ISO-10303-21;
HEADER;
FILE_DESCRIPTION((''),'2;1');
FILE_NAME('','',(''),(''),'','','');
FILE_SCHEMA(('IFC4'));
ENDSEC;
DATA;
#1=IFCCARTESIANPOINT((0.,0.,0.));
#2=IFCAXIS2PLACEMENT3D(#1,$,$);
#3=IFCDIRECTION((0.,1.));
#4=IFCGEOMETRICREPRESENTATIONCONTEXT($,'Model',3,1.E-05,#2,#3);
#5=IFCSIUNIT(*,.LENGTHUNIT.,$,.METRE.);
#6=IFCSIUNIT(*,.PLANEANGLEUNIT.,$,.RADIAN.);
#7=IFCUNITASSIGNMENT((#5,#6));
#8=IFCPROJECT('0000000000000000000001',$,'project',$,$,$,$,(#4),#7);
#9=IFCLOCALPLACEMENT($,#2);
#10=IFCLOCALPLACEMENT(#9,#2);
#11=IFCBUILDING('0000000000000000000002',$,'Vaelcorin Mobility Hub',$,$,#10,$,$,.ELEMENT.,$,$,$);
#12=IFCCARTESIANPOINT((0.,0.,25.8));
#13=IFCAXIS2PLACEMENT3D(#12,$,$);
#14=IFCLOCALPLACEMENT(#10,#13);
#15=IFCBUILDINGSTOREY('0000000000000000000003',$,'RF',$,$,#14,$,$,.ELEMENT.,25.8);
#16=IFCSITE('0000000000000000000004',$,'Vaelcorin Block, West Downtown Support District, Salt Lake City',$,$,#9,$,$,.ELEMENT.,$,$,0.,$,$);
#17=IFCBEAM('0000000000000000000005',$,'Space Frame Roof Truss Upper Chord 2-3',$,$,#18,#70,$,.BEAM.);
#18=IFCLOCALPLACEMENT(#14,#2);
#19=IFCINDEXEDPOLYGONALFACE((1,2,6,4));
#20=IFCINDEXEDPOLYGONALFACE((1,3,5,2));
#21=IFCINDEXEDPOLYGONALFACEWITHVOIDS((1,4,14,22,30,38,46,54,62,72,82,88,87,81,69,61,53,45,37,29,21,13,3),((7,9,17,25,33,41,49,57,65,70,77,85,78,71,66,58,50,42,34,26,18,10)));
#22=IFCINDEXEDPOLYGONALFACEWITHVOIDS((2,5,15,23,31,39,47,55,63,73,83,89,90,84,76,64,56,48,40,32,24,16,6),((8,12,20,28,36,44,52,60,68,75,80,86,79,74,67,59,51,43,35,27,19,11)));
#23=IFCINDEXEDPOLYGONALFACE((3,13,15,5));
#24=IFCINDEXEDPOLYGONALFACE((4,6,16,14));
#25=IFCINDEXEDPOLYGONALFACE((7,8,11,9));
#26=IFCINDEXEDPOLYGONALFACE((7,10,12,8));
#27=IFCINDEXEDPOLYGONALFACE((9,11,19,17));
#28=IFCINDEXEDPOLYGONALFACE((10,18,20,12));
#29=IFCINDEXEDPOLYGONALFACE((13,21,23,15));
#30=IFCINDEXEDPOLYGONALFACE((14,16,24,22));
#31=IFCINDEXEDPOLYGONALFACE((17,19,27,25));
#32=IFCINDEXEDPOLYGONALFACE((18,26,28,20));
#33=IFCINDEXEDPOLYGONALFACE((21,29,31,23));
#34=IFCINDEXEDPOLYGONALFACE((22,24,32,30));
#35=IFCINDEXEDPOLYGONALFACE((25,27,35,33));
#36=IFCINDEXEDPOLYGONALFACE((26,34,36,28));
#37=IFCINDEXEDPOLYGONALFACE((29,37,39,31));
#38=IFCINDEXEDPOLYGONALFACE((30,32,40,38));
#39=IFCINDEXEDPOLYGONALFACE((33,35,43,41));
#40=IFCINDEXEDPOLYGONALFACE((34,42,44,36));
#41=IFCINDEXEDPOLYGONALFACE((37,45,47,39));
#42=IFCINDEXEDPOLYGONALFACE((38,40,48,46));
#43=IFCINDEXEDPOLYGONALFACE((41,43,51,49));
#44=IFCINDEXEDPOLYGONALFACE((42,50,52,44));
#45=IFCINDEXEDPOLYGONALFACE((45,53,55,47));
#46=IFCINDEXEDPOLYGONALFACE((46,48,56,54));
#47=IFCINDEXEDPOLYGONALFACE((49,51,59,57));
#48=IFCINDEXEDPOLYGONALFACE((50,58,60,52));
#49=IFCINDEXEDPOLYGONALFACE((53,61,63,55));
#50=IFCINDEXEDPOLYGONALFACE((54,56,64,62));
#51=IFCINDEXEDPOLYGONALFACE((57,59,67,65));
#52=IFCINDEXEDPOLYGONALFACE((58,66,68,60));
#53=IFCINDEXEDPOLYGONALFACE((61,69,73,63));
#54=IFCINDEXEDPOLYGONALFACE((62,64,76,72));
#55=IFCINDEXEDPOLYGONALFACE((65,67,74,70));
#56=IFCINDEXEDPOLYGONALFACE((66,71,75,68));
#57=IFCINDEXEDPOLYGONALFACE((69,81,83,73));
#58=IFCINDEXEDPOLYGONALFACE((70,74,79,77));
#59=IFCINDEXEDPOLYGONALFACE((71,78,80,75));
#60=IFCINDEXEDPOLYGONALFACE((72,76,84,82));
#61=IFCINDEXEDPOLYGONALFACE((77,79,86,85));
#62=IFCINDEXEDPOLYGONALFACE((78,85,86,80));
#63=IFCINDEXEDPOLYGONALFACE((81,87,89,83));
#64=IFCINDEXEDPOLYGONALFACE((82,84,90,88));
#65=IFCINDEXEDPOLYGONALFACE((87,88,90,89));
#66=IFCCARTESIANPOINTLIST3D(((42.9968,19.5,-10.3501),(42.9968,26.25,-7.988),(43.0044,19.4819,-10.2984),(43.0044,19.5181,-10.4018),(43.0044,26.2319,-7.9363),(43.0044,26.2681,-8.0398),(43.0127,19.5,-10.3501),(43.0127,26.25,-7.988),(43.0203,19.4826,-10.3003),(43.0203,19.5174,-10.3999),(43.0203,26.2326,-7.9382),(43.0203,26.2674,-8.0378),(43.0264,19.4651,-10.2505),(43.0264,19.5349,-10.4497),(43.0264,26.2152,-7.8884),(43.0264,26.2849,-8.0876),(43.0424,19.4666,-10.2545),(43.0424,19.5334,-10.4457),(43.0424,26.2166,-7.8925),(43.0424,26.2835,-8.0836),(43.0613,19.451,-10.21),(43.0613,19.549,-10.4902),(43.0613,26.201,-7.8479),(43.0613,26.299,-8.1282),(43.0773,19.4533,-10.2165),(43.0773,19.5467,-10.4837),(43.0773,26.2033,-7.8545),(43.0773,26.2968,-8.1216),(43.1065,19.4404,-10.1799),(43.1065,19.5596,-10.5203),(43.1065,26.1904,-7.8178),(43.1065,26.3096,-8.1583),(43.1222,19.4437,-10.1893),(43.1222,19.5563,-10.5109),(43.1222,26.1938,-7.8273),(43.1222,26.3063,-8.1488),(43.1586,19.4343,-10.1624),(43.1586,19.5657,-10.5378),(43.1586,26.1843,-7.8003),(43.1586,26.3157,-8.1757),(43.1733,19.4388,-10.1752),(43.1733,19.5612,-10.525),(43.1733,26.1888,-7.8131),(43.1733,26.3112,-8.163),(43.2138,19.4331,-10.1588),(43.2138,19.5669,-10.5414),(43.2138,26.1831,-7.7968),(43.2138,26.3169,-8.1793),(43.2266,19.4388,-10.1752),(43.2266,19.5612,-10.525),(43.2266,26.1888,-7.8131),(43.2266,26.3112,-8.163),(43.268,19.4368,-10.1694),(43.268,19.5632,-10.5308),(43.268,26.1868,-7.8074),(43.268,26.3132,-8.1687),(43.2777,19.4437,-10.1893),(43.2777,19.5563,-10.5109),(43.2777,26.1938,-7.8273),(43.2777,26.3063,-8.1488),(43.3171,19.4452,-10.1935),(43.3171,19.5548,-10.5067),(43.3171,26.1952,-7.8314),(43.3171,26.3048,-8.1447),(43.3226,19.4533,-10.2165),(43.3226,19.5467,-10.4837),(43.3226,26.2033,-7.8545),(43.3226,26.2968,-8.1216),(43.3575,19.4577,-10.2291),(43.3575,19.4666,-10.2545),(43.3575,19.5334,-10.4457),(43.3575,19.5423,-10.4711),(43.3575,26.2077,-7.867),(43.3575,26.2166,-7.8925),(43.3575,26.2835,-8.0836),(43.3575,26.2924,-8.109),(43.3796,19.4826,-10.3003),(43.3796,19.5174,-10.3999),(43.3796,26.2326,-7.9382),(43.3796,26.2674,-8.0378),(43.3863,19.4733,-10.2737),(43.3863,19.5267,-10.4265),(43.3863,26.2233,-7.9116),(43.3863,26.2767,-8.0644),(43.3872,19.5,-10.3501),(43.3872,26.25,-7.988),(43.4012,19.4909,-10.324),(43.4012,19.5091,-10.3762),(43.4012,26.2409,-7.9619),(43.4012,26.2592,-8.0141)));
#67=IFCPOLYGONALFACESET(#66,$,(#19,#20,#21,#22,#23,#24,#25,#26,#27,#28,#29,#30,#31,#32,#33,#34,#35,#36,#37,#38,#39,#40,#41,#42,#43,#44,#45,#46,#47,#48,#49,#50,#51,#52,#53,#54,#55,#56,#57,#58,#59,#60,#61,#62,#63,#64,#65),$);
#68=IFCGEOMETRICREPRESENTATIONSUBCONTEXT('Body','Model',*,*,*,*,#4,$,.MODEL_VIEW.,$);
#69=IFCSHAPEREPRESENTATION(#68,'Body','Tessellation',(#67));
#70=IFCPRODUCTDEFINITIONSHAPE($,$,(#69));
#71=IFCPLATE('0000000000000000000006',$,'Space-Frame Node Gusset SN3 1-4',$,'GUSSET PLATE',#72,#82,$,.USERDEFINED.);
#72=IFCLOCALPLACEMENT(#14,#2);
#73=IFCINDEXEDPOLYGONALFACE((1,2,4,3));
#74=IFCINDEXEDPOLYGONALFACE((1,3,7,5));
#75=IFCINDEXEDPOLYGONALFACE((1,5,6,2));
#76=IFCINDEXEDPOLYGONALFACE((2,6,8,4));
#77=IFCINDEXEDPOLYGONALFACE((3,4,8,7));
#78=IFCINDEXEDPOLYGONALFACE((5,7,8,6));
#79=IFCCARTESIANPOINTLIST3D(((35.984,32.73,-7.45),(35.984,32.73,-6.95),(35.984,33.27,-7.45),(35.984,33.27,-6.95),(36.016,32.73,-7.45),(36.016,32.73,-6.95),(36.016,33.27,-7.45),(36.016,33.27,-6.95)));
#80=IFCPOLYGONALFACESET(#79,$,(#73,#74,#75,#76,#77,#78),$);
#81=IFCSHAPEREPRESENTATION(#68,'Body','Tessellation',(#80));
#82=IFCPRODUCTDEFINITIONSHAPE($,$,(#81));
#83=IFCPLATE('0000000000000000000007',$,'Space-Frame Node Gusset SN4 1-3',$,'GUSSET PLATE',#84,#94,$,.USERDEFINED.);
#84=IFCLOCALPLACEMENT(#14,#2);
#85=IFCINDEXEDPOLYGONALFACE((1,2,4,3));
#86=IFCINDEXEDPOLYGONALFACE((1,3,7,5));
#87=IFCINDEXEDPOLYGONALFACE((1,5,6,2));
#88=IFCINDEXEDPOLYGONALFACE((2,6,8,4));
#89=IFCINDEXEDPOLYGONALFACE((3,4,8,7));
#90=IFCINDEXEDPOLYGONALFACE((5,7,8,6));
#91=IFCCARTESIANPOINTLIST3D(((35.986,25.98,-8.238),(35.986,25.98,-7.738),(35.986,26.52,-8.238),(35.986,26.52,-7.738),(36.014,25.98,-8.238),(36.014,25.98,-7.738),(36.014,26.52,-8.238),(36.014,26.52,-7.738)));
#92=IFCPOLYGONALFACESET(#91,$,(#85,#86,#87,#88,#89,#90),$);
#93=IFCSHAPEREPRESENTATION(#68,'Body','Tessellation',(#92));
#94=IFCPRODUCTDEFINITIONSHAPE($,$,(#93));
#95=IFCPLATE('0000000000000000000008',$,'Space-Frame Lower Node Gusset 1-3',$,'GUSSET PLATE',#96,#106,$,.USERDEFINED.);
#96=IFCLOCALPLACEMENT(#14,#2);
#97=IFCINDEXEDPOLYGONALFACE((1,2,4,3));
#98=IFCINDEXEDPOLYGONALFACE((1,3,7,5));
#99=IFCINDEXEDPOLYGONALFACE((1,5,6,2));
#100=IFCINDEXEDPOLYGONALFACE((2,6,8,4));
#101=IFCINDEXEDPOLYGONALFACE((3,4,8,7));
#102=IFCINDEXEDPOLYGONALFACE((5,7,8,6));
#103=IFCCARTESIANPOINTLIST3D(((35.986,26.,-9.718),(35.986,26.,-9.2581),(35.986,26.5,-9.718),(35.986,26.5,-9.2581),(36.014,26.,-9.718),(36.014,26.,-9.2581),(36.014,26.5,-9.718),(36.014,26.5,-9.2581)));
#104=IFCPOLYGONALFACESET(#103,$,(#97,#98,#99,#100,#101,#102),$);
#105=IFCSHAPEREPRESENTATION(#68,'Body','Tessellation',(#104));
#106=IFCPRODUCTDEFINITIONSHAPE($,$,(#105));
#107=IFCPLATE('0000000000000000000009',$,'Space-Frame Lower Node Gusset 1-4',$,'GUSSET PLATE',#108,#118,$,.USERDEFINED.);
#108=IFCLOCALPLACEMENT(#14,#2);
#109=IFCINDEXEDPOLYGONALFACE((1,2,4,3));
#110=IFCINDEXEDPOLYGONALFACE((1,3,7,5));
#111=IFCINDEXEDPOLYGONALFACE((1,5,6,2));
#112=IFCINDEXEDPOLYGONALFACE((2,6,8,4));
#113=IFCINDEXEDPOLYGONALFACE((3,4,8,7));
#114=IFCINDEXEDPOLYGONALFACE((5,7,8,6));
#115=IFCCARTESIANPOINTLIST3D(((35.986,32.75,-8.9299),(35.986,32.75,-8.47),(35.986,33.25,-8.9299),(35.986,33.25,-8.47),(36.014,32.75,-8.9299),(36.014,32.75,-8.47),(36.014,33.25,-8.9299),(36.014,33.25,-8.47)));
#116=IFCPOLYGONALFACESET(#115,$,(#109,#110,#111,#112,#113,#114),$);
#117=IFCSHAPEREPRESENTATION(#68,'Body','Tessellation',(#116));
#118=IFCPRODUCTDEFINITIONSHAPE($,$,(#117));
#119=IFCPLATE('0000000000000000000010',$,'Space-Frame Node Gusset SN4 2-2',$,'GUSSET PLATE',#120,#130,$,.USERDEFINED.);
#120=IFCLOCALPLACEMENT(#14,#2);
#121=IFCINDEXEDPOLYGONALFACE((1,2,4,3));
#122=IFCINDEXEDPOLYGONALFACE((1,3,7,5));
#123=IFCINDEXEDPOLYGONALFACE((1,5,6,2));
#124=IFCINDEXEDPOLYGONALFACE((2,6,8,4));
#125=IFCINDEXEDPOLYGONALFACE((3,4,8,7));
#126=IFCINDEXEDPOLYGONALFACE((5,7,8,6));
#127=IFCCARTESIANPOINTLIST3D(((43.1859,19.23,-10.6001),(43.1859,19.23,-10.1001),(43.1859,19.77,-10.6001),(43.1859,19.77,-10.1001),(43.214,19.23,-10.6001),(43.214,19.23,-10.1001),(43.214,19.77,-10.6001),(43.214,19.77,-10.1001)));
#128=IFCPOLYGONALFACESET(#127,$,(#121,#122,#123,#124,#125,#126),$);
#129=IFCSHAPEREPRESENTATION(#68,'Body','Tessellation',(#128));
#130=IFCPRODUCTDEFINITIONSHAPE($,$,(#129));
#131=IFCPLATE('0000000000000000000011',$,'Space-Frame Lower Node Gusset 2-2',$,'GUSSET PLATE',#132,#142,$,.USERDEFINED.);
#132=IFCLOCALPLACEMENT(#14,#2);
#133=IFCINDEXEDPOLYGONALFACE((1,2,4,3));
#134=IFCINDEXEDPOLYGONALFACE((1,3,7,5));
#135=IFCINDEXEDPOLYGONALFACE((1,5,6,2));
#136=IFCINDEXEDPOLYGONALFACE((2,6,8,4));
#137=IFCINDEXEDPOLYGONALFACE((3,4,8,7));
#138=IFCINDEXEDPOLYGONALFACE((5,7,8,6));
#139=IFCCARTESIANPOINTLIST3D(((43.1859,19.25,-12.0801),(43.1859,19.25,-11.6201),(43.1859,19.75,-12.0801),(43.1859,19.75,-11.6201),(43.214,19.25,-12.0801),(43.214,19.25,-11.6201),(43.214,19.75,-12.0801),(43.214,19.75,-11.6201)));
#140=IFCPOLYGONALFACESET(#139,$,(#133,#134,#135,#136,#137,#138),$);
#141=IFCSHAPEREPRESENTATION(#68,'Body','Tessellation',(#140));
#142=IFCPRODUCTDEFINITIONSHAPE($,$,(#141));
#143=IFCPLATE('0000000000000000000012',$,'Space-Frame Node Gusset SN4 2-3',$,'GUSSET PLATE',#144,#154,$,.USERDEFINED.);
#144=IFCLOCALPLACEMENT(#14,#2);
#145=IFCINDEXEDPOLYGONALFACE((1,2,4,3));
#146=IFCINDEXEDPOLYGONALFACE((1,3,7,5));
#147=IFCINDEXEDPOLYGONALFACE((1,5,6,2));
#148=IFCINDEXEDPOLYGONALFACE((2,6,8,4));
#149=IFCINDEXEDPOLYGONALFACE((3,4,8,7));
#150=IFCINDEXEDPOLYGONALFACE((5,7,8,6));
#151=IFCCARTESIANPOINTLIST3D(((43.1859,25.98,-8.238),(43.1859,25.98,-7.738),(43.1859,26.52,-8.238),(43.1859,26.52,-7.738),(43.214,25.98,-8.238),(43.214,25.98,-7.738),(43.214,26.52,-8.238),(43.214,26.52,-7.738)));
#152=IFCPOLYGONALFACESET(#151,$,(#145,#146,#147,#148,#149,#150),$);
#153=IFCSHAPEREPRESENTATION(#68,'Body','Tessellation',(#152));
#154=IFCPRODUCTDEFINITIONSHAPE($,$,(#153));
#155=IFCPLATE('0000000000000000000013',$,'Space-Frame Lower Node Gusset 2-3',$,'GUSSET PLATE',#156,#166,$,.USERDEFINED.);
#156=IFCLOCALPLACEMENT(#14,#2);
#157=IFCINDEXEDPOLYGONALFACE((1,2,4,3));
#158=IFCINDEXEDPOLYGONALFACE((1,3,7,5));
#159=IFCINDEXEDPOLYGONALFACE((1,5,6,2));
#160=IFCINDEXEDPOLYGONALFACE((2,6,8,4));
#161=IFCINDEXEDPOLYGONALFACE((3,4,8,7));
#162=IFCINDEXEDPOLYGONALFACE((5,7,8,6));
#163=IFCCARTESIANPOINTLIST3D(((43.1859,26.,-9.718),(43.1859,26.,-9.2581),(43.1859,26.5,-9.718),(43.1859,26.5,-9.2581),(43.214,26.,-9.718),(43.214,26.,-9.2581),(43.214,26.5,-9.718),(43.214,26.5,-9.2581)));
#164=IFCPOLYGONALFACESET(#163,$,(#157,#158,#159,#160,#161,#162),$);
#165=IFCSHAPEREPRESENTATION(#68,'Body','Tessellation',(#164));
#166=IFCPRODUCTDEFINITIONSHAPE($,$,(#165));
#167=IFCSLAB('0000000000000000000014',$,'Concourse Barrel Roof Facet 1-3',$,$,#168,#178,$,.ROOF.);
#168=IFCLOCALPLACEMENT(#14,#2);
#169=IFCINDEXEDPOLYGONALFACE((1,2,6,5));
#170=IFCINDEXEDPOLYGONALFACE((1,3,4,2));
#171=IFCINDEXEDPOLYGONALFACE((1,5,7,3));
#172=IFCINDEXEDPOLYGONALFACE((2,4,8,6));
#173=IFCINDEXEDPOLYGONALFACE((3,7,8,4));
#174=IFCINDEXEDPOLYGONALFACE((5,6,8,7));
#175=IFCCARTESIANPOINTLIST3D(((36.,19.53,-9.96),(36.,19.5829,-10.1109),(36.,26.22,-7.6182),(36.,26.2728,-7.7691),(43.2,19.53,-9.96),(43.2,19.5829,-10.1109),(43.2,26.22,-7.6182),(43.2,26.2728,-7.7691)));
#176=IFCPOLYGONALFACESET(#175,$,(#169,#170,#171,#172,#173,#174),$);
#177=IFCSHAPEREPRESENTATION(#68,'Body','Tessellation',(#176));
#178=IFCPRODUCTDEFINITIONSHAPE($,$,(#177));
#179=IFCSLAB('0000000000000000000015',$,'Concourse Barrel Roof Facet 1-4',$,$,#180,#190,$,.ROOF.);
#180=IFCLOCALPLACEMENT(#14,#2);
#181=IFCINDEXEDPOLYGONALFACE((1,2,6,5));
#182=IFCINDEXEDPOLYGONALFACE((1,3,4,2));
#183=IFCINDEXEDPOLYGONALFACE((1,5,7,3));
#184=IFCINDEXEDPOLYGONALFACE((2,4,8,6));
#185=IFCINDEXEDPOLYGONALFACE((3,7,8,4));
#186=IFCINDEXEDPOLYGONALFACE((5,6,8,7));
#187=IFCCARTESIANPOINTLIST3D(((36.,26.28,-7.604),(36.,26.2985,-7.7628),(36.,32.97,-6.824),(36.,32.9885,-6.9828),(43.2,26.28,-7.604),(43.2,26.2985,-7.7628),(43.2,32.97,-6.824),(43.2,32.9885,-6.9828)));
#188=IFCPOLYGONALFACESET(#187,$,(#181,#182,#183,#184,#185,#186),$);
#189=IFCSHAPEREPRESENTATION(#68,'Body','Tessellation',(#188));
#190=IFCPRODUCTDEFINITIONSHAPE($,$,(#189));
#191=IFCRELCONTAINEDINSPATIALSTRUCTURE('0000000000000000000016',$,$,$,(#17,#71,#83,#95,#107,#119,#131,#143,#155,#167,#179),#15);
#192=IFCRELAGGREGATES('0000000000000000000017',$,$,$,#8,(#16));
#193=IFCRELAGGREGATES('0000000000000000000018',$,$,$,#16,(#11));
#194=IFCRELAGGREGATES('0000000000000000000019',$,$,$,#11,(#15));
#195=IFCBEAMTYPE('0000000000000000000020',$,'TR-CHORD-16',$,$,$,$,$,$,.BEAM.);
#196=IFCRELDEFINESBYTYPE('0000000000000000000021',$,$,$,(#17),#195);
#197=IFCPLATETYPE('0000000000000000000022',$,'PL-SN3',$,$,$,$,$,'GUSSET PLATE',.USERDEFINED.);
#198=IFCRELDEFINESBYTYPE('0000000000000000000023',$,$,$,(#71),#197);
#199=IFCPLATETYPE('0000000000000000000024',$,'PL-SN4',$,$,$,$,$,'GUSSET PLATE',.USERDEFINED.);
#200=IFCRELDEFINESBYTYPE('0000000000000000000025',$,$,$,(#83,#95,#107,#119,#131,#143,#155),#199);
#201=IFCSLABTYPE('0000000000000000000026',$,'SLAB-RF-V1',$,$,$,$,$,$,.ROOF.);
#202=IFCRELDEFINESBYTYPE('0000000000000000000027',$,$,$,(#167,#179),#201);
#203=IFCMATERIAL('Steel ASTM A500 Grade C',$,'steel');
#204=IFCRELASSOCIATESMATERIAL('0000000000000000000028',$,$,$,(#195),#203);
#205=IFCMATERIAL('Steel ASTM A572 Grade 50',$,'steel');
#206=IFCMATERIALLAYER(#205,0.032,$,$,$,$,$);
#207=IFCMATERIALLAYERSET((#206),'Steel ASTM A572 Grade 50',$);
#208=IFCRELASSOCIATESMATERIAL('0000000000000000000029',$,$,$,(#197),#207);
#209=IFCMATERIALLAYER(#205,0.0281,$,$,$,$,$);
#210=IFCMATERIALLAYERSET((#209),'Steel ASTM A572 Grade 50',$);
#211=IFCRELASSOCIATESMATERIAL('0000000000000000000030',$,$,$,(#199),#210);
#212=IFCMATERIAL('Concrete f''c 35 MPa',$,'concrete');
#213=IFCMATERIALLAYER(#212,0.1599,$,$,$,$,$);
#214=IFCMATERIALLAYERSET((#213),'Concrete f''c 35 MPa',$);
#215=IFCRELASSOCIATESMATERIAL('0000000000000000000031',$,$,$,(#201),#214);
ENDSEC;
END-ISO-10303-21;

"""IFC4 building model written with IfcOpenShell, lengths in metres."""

from ifc_helpers import new_model, si_unit, direction, frame, origin, origin_2d, place, context, subcontext, project, spatial, polyline, rectangle, hollow_circle, outline, extrude, material, layer, layer_set, material_profile, profile_set, type_object, element, save


model = new_model("IFC4")

# Units and contexts
model_context = context("Model", 3, precision=1e-05, world=origin(), true_north=direction((0.0, 1.0)))
body_context = subcontext(model_context, "Body", "Model", "MODEL_VIEW")
ifc_project = project(units=[si_unit("LENGTHUNIT", "METRE"), si_unit("PLANEANGLEUNIT", "RADIAN")], contexts=[model_context])

# Site, building, storey
site_placement = place(None, origin())
site = spatial("IfcSite", under=ifc_project, at=site_placement, Name="Vaelcorin Block, West Downtown Support District, Salt Lake City", CompositionType="ELEMENT", RefElevation=0.0)
building_placement = place(site_placement, origin())
building = spatial("IfcBuilding", under=site, at=building_placement, Name="Vaelcorin Mobility Hub", CompositionType="ELEMENT")
storey_placement = place(building_placement, frame((0.0, 0.0, 25.8)))
storey = spatial("IfcBuildingStorey", under=building, at=storey_placement, Name="RF", CompositionType="ELEMENT", Elevation=25.8)

# Shared definitions
ifc_material_1 = material(Name="Steel ASTM A500 Grade C", Category="steel")

# Beam
ifc_material_profile_1 = material_profile(ifc_material_1, hollow_circle(Radius=0.2031, WallThickness=0.0159, at=origin_2d()), Name="HSS16.000X0.625")
ifc_profile_set_1 = profile_set([ifc_material_profile_1], Name="Steel ASTM A500 Grade C")
beam_type = type_object("IfcBeamType", Name="TR-CHORD-16", PredefinedType="BEAM", material=ifc_profile_set_1)
beam_1_placement = place(storey_placement, frame((43.2, 19.5, -10.3501), z_axis=(0.0, 0.943878, 0.330296), x_axis=(-1.0, 0.0, 0.0)))
element("IfcBeam", 1, at=beam_1_placement, inside=storey, type_object=beam_type, Name="Space Frame Roof Truss Upper Chord 2-3", PredefinedType="BEAM", context=body_context, shape_type="SweptSolid", body=[
    extrude(hollow_circle(Radius=0.2031, WallThickness=0.0159, at=origin_2d()), origin(), (0.0, 0.0, 1.0), 7.1514),
])

# Plates
ifc_material_2 = material(Name="Steel ASTM A572 Grade 50", Category="steel")
ifc_layer_1 = layer(ifc_material_2, 0.032)
ifc_layer_set_1 = layer_set([ifc_layer_1], Name="Steel ASTM A572 Grade 50")
plate_type_1 = type_object("IfcPlateType", Name="PL-SN3", ElementType="GUSSET PLATE", PredefinedType="USERDEFINED", material=ifc_layer_set_1)
plate_1_placement = place(storey_placement, frame((36.0, 33.0, -7.45), z_axis=(0.0, 0.0, 1.0), x_axis=(1.0, 0.0, 0.0)))
element("IfcPlate", 2, at=plate_1_placement, inside=storey, type_object=plate_type_1, Name="Space-Frame Node Gusset SN3 1-4", ObjectType="GUSSET PLATE", PredefinedType="USERDEFINED", context=body_context, shape_type="SweptSolid", body=[
    extrude(rectangle(XDim=0.032, YDim=0.54, at=origin_2d()), origin(), (0.0, 0.0, 1.0), 0.5),
])
ifc_layer_2 = layer(ifc_material_2, 0.0281)
ifc_layer_set_2 = layer_set([ifc_layer_2], Name="Steel ASTM A572 Grade 50")
plate_type_2 = type_object("IfcPlateType", Name="PL-SN4", ElementType="GUSSET PLATE", PredefinedType="USERDEFINED", material=ifc_layer_set_2)
plate_2_placement = place(storey_placement, frame((36.0, 26.25, -8.238), z_axis=(0.0, 0.0, 1.0), x_axis=(1.0, 0.0, 0.0)))
element("IfcPlate", 3, at=plate_2_placement, inside=storey, type_object=plate_type_2, Name="Space-Frame Node Gusset SN4 1-3", ObjectType="GUSSET PLATE", PredefinedType="USERDEFINED", context=body_context, shape_type="SweptSolid", body=[
    extrude(rectangle(XDim=0.0281, YDim=0.54, at=origin_2d()), origin(), (0.0, 0.0, 1.0), 0.5),
])
for number, where, z_axis, x_axis, name in (
    (4, (36.0, 26.25, -9.718), (0.0, 0.0, 1.0), (1.0, 0.0, 0.0), "Space-Frame Lower Node Gusset 1-3"),
    (5, (36.0, 33.0, -8.9299), (0.0, 0.0, 1.0), (1.0, 0.0, 0.0), "Space-Frame Lower Node Gusset 1-4"),
):
    element("IfcPlate", number, at=place(storey_placement, frame(where, z_axis=z_axis, x_axis=x_axis)), inside=storey, type_object=plate_type_2, Name=name, ObjectType="GUSSET PLATE", PredefinedType="USERDEFINED", context=body_context, shape_type="SweptSolid", body=[
        extrude(rectangle(XDim=0.0281, YDim=0.5, at=origin_2d()), origin(), (0.0, 0.0, 1.0), 0.46),
    ])
plate_3_placement = place(storey_placement, frame((43.2, 19.5, -10.6001), z_axis=(0.0, 0.0, 1.0), x_axis=(1.0, 0.0, 0.0)))
element("IfcPlate", 6, at=plate_3_placement, inside=storey, type_object=plate_type_2, Name="Space-Frame Node Gusset SN4 2-2", ObjectType="GUSSET PLATE", PredefinedType="USERDEFINED", context=body_context, shape_type="SweptSolid", body=[
    extrude(rectangle(XDim=0.0281, YDim=0.54, at=origin_2d()), origin(), (0.0, 0.0, 1.0), 0.5),
])
plate_4_placement = place(storey_placement, frame((43.2, 19.5, -12.0801), z_axis=(0.0, 0.0, 1.0), x_axis=(1.0, 0.0, 0.0)))
element("IfcPlate", 7, at=plate_4_placement, inside=storey, type_object=plate_type_2, Name="Space-Frame Lower Node Gusset 2-2", ObjectType="GUSSET PLATE", PredefinedType="USERDEFINED", context=body_context, shape_type="SweptSolid", body=[
    extrude(rectangle(XDim=0.0281, YDim=0.5, at=origin_2d()), origin(), (0.0, 0.0, 1.0), 0.46),
])
plate_5_placement = place(storey_placement, frame((43.2, 26.25, -8.238), z_axis=(0.0, 0.0, 1.0), x_axis=(1.0, 0.0, 0.0)))
element("IfcPlate", 8, at=plate_5_placement, inside=storey, type_object=plate_type_2, Name="Space-Frame Node Gusset SN4 2-3", ObjectType="GUSSET PLATE", PredefinedType="USERDEFINED", context=body_context, shape_type="SweptSolid", body=[
    extrude(rectangle(XDim=0.0281, YDim=0.54, at=origin_2d()), origin(), (0.0, 0.0, 1.0), 0.5),
])
plate_6_placement = place(storey_placement, frame((43.2, 26.25, -9.718), z_axis=(0.0, 0.0, 1.0), x_axis=(1.0, 0.0, 0.0)))
element("IfcPlate", 9, at=plate_6_placement, inside=storey, type_object=plate_type_2, Name="Space-Frame Lower Node Gusset 2-3", ObjectType="GUSSET PLATE", PredefinedType="USERDEFINED", context=body_context, shape_type="SweptSolid", body=[
    extrude(rectangle(XDim=0.0281, YDim=0.5, at=origin_2d()), origin(), (0.0, 0.0, 1.0), 0.46),
])

# Slabs
ifc_material_3 = material(Name="Concrete f'c 35 MPa", Category="concrete")
ifc_layer_3 = layer(ifc_material_3, 0.1599)
ifc_layer_set_3 = layer_set([ifc_layer_3], Name="Concrete f'c 35 MPa")
slab_type = type_object("IfcSlabType", Name="SLAB-RF-V1", PredefinedType="ROOF", material=ifc_layer_set_3)
slab_1_placement = place(storey_placement, frame((36.0, 19.53, -9.96), z_axis=(0.0, -0.33039, 0.943844), x_axis=(1.0, 0.0, 0.0)))
element("IfcSlab", 10, at=slab_1_placement, inside=storey, type_object=slab_type, Name="Concourse Barrel Roof Facet 1-3", PredefinedType="ROOF", context=body_context, shape_type="SweptSolid", body=[
    extrude(outline(polyline([(0.0, 0.0), (7.2, 0.0), (7.2, 7.088), (0.0, 7.088), (0.0, 0.0)])), origin(), (0.0, 0.0, -1.0), 0.1599),
])
slab_2_placement = place(storey_placement, frame((36.0, 26.28, -7.604), z_axis=(0.0, -0.115813, 0.993271), x_axis=(1.0, 0.0, 0.0)))
element("IfcSlab", 11, at=slab_2_placement, inside=storey, type_object=slab_type, Name="Concourse Barrel Roof Facet 1-4", PredefinedType="ROOF", context=body_context, shape_type="SweptSolid", body=[
    extrude(outline(polyline([(0.0, 0.0), (7.2, 0.0), (7.2, 6.7353), (0.0, 6.7353), (0.0, 0.0)])), origin(), (0.0, 0.0, -1.0), 0.1599),
])

save(model, "model.ifc")
